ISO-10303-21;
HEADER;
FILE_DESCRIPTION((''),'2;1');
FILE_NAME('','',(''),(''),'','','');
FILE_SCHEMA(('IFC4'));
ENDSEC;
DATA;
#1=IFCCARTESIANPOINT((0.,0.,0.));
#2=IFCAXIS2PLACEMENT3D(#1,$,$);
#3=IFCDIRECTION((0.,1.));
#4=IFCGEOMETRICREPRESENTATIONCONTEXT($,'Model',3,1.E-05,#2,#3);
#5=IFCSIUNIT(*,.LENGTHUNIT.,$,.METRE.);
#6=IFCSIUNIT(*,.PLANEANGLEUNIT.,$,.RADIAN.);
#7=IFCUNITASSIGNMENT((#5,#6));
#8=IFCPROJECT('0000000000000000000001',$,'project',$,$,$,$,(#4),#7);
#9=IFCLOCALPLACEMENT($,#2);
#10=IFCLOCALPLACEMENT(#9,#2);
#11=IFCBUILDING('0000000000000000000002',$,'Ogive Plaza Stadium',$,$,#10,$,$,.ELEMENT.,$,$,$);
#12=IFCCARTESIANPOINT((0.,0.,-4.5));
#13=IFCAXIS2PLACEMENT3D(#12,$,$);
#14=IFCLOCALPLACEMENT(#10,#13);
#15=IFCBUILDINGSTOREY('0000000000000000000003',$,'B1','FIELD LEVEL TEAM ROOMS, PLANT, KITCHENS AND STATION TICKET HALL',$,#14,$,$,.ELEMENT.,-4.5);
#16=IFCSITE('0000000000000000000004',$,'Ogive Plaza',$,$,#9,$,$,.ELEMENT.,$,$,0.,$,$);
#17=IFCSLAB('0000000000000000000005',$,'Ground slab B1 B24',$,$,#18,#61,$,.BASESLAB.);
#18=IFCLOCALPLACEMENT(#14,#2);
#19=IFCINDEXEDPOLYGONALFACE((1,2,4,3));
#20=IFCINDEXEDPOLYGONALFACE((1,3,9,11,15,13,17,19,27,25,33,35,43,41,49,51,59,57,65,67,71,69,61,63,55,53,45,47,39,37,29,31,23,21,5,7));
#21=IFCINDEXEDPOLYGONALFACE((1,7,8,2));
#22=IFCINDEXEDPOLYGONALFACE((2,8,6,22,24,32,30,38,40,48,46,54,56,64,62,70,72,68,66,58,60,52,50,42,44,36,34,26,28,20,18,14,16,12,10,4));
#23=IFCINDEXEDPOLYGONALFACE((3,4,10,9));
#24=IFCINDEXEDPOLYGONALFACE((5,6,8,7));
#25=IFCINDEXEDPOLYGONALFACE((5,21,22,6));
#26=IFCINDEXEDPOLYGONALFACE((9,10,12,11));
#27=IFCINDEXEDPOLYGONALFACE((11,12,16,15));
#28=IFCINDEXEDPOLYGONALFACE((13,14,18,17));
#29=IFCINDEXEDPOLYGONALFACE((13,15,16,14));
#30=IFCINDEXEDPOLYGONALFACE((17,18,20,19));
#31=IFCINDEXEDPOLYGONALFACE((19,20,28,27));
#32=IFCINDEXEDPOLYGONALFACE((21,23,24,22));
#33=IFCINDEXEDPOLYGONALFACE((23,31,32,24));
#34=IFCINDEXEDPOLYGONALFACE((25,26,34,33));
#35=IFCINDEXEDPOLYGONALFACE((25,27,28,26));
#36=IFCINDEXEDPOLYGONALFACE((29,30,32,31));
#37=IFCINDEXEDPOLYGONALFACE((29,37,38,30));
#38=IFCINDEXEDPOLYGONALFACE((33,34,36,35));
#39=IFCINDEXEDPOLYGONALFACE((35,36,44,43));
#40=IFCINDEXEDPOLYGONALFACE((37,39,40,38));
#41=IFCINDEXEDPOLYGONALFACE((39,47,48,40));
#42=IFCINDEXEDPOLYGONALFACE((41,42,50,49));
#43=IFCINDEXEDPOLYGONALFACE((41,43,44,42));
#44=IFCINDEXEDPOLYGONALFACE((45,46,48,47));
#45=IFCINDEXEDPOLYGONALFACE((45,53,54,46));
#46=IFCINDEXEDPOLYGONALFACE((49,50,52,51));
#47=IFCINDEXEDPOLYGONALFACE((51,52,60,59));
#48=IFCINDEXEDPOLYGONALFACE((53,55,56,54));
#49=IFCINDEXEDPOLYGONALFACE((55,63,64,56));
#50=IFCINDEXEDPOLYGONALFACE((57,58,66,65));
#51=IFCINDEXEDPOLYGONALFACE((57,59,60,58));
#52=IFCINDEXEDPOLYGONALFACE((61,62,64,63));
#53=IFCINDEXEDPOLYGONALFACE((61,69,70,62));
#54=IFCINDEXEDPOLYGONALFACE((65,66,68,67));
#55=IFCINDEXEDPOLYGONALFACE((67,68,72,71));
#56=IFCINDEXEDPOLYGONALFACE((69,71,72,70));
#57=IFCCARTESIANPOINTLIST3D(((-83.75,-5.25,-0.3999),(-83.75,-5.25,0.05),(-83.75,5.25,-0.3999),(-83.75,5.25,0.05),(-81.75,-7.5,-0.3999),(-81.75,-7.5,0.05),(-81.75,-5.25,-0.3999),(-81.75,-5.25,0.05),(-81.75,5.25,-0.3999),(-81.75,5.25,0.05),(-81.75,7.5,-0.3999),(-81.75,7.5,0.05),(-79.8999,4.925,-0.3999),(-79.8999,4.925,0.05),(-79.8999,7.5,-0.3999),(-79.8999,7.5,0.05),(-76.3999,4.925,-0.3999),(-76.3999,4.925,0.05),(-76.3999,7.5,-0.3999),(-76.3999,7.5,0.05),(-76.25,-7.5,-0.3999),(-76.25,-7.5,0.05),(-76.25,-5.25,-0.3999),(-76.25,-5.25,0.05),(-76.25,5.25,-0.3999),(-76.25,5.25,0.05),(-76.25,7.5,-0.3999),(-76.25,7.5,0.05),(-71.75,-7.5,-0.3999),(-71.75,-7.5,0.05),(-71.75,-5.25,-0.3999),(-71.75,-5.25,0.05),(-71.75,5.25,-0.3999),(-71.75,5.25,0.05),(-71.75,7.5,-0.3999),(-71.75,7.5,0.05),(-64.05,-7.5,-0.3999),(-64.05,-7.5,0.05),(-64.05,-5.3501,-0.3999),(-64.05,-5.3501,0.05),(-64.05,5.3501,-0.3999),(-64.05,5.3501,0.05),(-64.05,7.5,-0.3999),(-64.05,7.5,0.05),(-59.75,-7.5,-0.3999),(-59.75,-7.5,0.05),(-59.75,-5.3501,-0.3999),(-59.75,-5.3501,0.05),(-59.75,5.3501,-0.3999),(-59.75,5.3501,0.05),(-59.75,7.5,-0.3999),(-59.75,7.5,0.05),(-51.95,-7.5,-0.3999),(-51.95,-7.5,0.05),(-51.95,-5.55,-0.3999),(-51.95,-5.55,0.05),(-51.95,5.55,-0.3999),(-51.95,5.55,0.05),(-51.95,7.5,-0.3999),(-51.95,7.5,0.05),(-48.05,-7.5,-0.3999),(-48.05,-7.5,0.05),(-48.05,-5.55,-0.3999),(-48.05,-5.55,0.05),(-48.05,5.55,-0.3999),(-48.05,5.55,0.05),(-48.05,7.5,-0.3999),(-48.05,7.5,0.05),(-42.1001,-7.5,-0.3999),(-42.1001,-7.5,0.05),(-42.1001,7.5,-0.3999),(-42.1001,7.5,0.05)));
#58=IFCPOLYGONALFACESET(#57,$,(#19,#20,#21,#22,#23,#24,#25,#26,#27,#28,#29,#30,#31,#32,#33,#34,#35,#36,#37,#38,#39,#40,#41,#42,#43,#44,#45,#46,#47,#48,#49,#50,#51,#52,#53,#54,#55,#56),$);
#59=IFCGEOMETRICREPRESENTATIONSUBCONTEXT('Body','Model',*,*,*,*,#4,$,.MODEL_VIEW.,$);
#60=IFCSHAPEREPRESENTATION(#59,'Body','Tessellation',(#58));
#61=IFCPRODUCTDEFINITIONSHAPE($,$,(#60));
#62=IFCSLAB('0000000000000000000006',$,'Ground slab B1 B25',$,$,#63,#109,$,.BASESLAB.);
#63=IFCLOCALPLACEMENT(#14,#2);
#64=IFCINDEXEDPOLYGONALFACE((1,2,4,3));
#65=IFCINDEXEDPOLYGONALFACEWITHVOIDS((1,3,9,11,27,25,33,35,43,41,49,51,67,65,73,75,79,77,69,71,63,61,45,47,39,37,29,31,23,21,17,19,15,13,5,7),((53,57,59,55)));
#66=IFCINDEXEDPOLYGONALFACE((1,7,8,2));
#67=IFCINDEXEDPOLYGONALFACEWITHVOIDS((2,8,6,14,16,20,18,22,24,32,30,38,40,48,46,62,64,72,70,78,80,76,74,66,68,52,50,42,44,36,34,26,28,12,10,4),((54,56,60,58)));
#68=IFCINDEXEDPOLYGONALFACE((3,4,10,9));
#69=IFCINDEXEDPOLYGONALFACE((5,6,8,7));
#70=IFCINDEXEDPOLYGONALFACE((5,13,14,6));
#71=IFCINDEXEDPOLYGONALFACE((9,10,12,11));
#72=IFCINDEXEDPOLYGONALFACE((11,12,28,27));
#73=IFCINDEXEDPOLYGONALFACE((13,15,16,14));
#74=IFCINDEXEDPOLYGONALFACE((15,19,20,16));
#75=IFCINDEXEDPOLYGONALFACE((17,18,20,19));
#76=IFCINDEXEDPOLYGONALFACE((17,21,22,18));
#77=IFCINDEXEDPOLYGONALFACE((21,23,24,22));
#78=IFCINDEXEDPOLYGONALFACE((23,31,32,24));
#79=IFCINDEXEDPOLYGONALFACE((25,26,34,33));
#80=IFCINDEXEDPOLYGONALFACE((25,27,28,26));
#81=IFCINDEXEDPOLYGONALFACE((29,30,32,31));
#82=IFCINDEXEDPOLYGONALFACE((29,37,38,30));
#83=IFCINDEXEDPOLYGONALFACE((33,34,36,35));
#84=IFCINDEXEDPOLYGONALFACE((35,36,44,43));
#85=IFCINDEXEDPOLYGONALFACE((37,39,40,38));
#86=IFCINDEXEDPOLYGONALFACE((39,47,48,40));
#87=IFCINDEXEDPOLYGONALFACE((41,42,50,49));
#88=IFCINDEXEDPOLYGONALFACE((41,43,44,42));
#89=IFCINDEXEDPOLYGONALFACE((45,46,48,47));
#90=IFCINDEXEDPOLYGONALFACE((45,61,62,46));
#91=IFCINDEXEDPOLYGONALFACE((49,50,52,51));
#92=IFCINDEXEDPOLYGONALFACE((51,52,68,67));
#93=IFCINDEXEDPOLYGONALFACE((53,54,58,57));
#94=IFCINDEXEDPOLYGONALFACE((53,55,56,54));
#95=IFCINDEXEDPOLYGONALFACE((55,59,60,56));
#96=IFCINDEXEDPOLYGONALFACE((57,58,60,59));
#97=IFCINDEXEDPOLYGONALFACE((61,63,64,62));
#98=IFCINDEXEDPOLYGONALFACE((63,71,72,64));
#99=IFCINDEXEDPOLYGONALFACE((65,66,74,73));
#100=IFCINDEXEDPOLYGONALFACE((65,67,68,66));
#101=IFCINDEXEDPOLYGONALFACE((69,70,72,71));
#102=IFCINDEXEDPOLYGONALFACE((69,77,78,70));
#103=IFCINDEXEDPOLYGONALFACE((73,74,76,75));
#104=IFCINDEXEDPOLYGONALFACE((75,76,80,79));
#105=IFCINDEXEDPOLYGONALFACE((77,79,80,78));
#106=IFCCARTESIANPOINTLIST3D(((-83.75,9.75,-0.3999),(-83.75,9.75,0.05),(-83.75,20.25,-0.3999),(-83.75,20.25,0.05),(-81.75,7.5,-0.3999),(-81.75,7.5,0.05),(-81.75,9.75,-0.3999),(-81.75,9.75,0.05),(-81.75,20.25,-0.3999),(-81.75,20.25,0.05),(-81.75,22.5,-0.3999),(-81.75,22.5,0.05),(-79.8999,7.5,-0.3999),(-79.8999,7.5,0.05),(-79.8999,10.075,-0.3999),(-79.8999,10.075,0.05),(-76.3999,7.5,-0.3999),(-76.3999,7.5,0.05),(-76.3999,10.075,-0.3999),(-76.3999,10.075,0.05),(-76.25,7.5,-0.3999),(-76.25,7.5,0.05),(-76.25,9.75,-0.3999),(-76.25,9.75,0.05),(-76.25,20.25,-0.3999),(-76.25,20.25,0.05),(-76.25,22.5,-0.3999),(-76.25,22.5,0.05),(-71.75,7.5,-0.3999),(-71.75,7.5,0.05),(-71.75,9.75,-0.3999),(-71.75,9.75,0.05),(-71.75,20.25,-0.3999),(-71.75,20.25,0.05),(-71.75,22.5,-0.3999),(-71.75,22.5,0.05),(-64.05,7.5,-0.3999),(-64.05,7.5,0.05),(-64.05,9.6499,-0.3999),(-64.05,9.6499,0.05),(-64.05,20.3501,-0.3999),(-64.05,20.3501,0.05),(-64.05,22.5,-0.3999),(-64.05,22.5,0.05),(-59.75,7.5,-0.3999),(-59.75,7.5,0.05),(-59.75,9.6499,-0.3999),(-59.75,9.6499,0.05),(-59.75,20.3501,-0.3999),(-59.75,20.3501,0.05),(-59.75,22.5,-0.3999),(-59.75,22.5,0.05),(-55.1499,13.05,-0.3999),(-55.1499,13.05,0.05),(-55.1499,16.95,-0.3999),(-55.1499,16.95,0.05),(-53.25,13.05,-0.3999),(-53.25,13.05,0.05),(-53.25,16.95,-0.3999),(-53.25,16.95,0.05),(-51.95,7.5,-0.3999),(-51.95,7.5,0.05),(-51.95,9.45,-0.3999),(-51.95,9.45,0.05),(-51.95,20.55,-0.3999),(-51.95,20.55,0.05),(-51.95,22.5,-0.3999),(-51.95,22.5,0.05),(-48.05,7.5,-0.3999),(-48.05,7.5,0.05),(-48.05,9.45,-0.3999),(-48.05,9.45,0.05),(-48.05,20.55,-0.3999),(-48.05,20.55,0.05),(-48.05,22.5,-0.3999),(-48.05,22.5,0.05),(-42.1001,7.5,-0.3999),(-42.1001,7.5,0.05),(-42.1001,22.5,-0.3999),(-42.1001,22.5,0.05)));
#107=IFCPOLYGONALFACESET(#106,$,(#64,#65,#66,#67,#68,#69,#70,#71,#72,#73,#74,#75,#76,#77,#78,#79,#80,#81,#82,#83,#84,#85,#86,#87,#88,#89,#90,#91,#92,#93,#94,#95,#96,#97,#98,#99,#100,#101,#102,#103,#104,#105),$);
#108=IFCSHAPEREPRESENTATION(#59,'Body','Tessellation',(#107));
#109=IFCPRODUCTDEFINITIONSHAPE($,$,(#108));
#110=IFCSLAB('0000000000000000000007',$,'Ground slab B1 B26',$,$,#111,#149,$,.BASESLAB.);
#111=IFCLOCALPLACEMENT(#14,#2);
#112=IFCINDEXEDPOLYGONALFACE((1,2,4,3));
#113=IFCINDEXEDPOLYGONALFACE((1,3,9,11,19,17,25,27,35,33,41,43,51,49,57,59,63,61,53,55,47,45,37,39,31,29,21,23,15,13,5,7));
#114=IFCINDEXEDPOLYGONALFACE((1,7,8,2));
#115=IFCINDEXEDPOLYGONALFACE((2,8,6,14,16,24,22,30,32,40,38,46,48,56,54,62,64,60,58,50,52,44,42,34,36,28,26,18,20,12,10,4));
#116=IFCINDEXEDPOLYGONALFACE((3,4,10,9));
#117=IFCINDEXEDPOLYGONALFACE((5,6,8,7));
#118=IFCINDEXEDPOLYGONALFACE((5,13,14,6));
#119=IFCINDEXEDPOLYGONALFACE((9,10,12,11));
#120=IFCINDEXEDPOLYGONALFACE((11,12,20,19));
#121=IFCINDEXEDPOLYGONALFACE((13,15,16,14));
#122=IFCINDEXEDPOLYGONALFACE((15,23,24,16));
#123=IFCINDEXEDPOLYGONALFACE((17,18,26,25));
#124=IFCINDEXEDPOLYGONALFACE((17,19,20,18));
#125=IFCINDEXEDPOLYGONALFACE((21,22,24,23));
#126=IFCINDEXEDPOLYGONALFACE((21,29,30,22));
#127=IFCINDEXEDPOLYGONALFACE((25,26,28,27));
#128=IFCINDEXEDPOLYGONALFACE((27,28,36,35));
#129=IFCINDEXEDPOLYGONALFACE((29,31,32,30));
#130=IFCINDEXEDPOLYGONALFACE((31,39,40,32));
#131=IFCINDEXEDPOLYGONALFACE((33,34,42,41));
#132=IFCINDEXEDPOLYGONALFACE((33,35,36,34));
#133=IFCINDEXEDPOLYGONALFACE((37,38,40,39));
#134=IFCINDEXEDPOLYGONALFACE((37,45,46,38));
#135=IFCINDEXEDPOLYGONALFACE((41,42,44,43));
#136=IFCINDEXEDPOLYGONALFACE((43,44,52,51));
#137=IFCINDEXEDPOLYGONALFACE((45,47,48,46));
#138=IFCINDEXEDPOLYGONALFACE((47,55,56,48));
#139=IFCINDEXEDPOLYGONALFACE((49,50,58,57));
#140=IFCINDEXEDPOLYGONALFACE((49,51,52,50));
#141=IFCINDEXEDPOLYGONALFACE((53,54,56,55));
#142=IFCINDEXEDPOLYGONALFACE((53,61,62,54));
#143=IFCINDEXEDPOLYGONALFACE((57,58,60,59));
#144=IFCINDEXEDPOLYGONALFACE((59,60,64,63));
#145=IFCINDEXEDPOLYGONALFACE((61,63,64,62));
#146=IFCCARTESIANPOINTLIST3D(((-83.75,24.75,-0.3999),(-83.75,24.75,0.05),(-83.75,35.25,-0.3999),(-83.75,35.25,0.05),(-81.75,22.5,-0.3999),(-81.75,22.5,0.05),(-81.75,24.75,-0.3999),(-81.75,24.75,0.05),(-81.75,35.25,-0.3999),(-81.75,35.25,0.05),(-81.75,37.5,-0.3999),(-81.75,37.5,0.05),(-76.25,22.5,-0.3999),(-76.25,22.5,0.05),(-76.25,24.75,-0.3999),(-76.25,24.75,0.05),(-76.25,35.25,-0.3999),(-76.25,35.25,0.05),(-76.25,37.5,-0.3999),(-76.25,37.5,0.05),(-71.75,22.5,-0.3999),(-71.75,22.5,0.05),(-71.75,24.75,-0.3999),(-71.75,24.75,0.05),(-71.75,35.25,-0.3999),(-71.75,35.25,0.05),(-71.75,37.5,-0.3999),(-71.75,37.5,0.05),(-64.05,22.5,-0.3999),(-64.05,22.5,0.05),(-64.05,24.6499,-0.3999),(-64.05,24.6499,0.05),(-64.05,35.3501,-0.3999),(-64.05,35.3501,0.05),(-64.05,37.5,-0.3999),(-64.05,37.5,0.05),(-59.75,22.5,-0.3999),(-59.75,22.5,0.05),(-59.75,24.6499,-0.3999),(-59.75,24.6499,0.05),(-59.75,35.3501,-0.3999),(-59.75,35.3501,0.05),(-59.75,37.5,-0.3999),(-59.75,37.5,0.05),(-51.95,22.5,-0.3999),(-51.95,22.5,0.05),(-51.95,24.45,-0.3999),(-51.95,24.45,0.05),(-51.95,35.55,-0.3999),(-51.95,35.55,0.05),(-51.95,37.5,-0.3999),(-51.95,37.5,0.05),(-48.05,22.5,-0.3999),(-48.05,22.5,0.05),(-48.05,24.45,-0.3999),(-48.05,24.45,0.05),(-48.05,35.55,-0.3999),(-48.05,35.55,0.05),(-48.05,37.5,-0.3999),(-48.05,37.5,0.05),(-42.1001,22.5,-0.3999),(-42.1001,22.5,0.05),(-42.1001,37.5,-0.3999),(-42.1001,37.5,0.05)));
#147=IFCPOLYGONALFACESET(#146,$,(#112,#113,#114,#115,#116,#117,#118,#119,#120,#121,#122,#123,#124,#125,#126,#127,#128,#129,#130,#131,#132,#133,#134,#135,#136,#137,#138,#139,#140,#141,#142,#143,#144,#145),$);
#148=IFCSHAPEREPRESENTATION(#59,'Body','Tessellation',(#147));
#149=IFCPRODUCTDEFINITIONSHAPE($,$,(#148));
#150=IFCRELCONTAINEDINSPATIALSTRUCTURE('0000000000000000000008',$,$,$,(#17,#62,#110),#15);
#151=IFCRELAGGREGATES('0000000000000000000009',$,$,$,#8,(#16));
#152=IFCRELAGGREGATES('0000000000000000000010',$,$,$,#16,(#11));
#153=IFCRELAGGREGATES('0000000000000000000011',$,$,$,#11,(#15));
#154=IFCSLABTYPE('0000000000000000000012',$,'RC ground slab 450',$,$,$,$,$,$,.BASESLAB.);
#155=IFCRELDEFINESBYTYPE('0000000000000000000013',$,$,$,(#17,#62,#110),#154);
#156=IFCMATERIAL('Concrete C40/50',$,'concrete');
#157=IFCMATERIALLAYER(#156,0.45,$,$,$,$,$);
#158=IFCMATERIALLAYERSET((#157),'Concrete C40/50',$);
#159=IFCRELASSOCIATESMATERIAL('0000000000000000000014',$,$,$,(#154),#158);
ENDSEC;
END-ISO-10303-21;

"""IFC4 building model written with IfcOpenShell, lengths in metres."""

from ifc_helpers import new_model, si_unit, direction, frame, origin, place, context, subcontext, project, spatial, polyline, outline, extrude, material, layer, layer_set, type_object, element, save


model = new_model("IFC4")

# Units and contexts
model_context = context("Model", 3, precision=1e-05, world=origin(), true_north=direction((0.0, 1.0)))
body_context = subcontext(model_context, "Body", "Model", "MODEL_VIEW")
ifc_project = project(units=[si_unit("LENGTHUNIT", "METRE"), si_unit("PLANEANGLEUNIT", "RADIAN")], contexts=[model_context])

# Site, building, storey
site_placement = place(None, origin())
site = spatial("IfcSite", under=ifc_project, at=site_placement, Name="Ogive Plaza", CompositionType="ELEMENT", RefElevation=0.0)
building_placement = place(site_placement, origin())
building = spatial("IfcBuilding", under=site, at=building_placement, Name="Ogive Plaza Stadium", CompositionType="ELEMENT")
storey_placement = place(building_placement, frame((0.0, 0.0, -4.5)))
storey = spatial("IfcBuildingStorey", under=building, at=storey_placement, Name="B1", Description="FIELD LEVEL TEAM ROOMS, PLANT, KITCHENS AND STATION TICKET HALL", CompositionType="ELEMENT", Elevation=-4.5)

# Slabs
ifc_material_1 = material(Name="Concrete C40/50", Category="concrete")
ifc_layer_1 = layer(ifc_material_1, 0.45)
ifc_layer_set_1 = layer_set([ifc_layer_1], Name="Concrete C40/50")
slab_type_1 = type_object("IfcSlabType", Name="RC ground slab 450", PredefinedType="BASESLAB", material=ifc_layer_set_1)
slab_1_placement = place(storey_placement, frame((0.0, 0.0, -0.3999)))
element("IfcSlab", 1, at=slab_1_placement, inside=storey, type_object=slab_type_1, Name="Ground slab B1 B24", PredefinedType="BASESLAB", context=body_context, shape_type="SweptSolid", body=[
    extrude(outline(polyline([(-48.05, 7.5), (-48.05, 5.55), (-51.95, 5.55), (-51.95, 7.5), (-59.75, 7.5), (-59.75, 5.3501), (-64.05, 5.3501), (-64.05, 7.5), (-71.75, 7.5), (-71.75, 5.25), (-76.25, 5.25), (-76.25, 7.5), (-76.3999, 7.5), (-76.3999, 4.925), (-79.8999, 4.925), (-79.8999, 7.5), (-81.75, 7.5), (-81.75, 5.25), (-83.75, 5.25), (-83.75, -5.25), (-81.75, -5.25), (-81.75, -7.5), (-76.25, -7.5), (-76.25, -5.25), (-71.75, -5.25), (-71.75, -7.5), (-64.05, -7.5), (-64.05, -5.3501), (-59.75, -5.3501), (-59.75, -7.5), (-51.95, -7.5), (-51.95, -5.55), (-48.05, -5.55), (-48.05, -7.5), (-42.1001, -7.5), (-42.1001, 7.5), (-48.05, 7.5)])), origin(), (0.0, 0.0, 1.0), 0.45),
])
slab_2_placement = place(storey_placement, frame((0.0, 0.0, -0.3999)))
element("IfcSlab", 2, at=slab_2_placement, inside=storey, type_object=slab_type_1, Name="Ground slab B1 B25", PredefinedType="BASESLAB", context=body_context, shape_type="SweptSolid", body=[
    extrude(outline(polyline([(-48.05, 22.5), (-48.05, 20.55), (-51.95, 20.55), (-51.95, 22.5), (-59.75, 22.5), (-59.75, 20.3501), (-64.05, 20.3501), (-64.05, 22.5), (-71.75, 22.5), (-71.75, 20.25), (-76.25, 20.25), (-76.25, 22.5), (-81.75, 22.5), (-81.75, 20.25), (-83.75, 20.25), (-83.75, 9.75), (-81.75, 9.75), (-81.75, 7.5), (-79.8999, 7.5), (-79.8999, 10.075), (-76.3999, 10.075), (-76.3999, 7.5), (-76.25, 7.5), (-76.25, 9.75), (-71.75, 9.75), (-71.75, 7.5), (-64.05, 7.5), (-64.05, 9.6499), (-59.75, 9.6499), (-59.75, 7.5), (-51.95, 7.5), (-51.95, 9.45), (-48.05, 9.45), (-48.05, 7.5), (-42.1001, 7.5), (-42.1001, 22.5), (-48.05, 22.5)]), holes=[polyline([(-55.1499, 13.05), (-53.25, 13.05), (-53.25, 16.95), (-55.1499, 16.95), (-55.1499, 13.05)])]), origin(), (0.0, 0.0, 1.0), 0.45),
])
slab_3_placement = place(storey_placement, frame((0.0, 0.0, -0.3999)))
element("IfcSlab", 3, at=slab_3_placement, inside=storey, type_object=slab_type_1, Name="Ground slab B1 B26", PredefinedType="BASESLAB", context=body_context, shape_type="SweptSolid", body=[
    extrude(outline(polyline([(-48.05, 37.5), (-48.05, 35.55), (-51.95, 35.55), (-51.95, 37.5), (-59.75, 37.5), (-59.75, 35.3501), (-64.05, 35.3501), (-64.05, 37.5), (-71.75, 37.5), (-71.75, 35.25), (-76.25, 35.25), (-76.25, 37.5), (-81.75, 37.5), (-81.75, 35.25), (-83.75, 35.25), (-83.75, 24.75), (-81.75, 24.75), (-81.75, 22.5), (-76.25, 22.5), (-76.25, 24.75), (-71.75, 24.75), (-71.75, 22.5), (-64.05, 22.5), (-64.05, 24.6499), (-59.75, 24.6499), (-59.75, 22.5), (-51.95, 22.5), (-51.95, 24.45), (-48.05, 24.45), (-48.05, 22.5), (-42.1001, 22.5), (-42.1001, 37.5), (-48.05, 37.5)])), origin(), (0.0, 0.0, 1.0), 0.45),
])

save(model, "model.ifc")
